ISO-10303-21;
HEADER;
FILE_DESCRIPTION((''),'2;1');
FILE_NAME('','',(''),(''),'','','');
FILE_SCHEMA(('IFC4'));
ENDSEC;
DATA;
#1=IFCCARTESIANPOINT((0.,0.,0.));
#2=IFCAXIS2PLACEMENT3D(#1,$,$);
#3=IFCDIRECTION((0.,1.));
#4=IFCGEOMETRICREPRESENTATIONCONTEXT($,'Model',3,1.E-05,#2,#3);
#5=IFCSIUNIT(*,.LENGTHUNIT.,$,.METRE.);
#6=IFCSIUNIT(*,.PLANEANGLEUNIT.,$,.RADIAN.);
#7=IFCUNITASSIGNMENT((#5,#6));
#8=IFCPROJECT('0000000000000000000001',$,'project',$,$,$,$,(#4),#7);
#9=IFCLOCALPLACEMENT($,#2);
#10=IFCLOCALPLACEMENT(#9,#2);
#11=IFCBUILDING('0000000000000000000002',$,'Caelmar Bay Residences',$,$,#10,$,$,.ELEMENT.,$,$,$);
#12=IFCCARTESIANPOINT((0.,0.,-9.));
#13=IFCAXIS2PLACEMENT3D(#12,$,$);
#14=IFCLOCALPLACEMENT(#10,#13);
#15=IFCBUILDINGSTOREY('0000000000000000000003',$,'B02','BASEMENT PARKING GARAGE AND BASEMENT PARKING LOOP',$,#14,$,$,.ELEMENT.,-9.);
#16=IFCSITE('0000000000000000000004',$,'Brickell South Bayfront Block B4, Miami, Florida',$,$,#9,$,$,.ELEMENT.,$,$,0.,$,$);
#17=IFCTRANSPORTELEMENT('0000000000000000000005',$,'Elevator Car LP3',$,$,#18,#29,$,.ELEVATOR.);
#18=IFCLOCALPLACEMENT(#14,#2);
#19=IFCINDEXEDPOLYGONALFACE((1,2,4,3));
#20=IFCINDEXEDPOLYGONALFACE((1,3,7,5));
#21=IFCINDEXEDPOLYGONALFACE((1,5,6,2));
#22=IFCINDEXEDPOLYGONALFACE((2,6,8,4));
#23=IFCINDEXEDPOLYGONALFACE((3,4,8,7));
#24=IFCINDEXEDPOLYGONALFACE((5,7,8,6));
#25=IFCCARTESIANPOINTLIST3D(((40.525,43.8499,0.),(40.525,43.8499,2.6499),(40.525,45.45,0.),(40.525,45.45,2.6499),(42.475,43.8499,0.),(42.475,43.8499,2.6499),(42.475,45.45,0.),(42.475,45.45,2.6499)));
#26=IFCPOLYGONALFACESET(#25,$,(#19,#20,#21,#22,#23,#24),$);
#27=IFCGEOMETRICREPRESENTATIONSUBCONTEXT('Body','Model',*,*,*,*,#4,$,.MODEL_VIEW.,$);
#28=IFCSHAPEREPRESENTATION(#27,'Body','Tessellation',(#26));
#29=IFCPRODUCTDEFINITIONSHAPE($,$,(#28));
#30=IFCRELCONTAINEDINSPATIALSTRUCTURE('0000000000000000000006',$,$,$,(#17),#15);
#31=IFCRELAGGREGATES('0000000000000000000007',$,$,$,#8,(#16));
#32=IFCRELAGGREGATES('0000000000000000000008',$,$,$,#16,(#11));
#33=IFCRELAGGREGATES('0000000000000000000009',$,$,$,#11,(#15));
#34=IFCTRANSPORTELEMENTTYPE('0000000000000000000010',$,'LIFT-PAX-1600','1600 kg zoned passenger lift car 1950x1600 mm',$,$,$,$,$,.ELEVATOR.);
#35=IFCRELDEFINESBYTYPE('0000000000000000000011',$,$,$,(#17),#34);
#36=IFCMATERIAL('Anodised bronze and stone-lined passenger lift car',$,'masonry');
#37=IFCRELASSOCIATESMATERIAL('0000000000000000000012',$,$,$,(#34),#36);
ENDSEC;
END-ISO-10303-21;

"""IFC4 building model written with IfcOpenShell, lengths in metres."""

from ifc_helpers import new_model, si_unit, direction, frame, origin, origin_2d, place, context, subcontext, project, spatial, rectangle, extrude, material, type_object, element, save


model = new_model("IFC4")

# Units and contexts
model_context = context("Model", 3, precision=1e-05, world=origin(), true_north=direction((0.0, 1.0)))
body_context = subcontext(model_context, "Body", "Model", "MODEL_VIEW")
ifc_project = project(units=[si_unit("LENGTHUNIT", "METRE"), si_unit("PLANEANGLEUNIT", "RADIAN")], contexts=[model_context])

# Site, building, storey
site_placement = place(None, origin())
site = spatial("IfcSite", under=ifc_project, at=site_placement, Name="Brickell South Bayfront Block B4, Miami, Florida", CompositionType="ELEMENT", RefElevation=0.0)
building_placement = place(site_placement, origin())
building = spatial("IfcBuilding", under=site, at=building_placement, Name="Caelmar Bay Residences", CompositionType="ELEMENT")
storey_placement = place(building_placement, frame((0.0, 0.0, -9.0)))
storey = spatial("IfcBuildingStorey", under=building, at=storey_placement, Name="B02", Description="BASEMENT PARKING GARAGE AND BASEMENT PARKING LOOP", CompositionType="ELEMENT", Elevation=-9.0)

# Transport element
ifc_material_1 = material(Name="Anodised bronze and stone-lined passenger lift car", Category="masonry")
transport_element_type = type_object("IfcTransportElementType", Name="LIFT-PAX-1600", Description="1600 kg zoned passenger lift car 1950x1600 mm", PredefinedType="ELEVATOR", material=ifc_material_1)
for number, where, z_axis, x_axis, name in (
    (1, (41.5, 44.6499, 0.0), (0.0, 0.0, 1.0), (1.0, 0.0, 0.0), "Elevator Car LP3"),
):
    element("IfcTransportElement", number, at=place(storey_placement, frame(where, z_axis=z_axis, x_axis=x_axis)), inside=storey, type_object=transport_element_type, Name=name, PredefinedType="ELEVATOR", context=body_context, shape_type="SweptSolid", body=[
        extrude(rectangle(XDim=1.95, YDim=1.6001, at=origin_2d()), origin(), (0.0, 0.0, 1.0), 2.6499),
    ])

save(model, "model.ifc")
